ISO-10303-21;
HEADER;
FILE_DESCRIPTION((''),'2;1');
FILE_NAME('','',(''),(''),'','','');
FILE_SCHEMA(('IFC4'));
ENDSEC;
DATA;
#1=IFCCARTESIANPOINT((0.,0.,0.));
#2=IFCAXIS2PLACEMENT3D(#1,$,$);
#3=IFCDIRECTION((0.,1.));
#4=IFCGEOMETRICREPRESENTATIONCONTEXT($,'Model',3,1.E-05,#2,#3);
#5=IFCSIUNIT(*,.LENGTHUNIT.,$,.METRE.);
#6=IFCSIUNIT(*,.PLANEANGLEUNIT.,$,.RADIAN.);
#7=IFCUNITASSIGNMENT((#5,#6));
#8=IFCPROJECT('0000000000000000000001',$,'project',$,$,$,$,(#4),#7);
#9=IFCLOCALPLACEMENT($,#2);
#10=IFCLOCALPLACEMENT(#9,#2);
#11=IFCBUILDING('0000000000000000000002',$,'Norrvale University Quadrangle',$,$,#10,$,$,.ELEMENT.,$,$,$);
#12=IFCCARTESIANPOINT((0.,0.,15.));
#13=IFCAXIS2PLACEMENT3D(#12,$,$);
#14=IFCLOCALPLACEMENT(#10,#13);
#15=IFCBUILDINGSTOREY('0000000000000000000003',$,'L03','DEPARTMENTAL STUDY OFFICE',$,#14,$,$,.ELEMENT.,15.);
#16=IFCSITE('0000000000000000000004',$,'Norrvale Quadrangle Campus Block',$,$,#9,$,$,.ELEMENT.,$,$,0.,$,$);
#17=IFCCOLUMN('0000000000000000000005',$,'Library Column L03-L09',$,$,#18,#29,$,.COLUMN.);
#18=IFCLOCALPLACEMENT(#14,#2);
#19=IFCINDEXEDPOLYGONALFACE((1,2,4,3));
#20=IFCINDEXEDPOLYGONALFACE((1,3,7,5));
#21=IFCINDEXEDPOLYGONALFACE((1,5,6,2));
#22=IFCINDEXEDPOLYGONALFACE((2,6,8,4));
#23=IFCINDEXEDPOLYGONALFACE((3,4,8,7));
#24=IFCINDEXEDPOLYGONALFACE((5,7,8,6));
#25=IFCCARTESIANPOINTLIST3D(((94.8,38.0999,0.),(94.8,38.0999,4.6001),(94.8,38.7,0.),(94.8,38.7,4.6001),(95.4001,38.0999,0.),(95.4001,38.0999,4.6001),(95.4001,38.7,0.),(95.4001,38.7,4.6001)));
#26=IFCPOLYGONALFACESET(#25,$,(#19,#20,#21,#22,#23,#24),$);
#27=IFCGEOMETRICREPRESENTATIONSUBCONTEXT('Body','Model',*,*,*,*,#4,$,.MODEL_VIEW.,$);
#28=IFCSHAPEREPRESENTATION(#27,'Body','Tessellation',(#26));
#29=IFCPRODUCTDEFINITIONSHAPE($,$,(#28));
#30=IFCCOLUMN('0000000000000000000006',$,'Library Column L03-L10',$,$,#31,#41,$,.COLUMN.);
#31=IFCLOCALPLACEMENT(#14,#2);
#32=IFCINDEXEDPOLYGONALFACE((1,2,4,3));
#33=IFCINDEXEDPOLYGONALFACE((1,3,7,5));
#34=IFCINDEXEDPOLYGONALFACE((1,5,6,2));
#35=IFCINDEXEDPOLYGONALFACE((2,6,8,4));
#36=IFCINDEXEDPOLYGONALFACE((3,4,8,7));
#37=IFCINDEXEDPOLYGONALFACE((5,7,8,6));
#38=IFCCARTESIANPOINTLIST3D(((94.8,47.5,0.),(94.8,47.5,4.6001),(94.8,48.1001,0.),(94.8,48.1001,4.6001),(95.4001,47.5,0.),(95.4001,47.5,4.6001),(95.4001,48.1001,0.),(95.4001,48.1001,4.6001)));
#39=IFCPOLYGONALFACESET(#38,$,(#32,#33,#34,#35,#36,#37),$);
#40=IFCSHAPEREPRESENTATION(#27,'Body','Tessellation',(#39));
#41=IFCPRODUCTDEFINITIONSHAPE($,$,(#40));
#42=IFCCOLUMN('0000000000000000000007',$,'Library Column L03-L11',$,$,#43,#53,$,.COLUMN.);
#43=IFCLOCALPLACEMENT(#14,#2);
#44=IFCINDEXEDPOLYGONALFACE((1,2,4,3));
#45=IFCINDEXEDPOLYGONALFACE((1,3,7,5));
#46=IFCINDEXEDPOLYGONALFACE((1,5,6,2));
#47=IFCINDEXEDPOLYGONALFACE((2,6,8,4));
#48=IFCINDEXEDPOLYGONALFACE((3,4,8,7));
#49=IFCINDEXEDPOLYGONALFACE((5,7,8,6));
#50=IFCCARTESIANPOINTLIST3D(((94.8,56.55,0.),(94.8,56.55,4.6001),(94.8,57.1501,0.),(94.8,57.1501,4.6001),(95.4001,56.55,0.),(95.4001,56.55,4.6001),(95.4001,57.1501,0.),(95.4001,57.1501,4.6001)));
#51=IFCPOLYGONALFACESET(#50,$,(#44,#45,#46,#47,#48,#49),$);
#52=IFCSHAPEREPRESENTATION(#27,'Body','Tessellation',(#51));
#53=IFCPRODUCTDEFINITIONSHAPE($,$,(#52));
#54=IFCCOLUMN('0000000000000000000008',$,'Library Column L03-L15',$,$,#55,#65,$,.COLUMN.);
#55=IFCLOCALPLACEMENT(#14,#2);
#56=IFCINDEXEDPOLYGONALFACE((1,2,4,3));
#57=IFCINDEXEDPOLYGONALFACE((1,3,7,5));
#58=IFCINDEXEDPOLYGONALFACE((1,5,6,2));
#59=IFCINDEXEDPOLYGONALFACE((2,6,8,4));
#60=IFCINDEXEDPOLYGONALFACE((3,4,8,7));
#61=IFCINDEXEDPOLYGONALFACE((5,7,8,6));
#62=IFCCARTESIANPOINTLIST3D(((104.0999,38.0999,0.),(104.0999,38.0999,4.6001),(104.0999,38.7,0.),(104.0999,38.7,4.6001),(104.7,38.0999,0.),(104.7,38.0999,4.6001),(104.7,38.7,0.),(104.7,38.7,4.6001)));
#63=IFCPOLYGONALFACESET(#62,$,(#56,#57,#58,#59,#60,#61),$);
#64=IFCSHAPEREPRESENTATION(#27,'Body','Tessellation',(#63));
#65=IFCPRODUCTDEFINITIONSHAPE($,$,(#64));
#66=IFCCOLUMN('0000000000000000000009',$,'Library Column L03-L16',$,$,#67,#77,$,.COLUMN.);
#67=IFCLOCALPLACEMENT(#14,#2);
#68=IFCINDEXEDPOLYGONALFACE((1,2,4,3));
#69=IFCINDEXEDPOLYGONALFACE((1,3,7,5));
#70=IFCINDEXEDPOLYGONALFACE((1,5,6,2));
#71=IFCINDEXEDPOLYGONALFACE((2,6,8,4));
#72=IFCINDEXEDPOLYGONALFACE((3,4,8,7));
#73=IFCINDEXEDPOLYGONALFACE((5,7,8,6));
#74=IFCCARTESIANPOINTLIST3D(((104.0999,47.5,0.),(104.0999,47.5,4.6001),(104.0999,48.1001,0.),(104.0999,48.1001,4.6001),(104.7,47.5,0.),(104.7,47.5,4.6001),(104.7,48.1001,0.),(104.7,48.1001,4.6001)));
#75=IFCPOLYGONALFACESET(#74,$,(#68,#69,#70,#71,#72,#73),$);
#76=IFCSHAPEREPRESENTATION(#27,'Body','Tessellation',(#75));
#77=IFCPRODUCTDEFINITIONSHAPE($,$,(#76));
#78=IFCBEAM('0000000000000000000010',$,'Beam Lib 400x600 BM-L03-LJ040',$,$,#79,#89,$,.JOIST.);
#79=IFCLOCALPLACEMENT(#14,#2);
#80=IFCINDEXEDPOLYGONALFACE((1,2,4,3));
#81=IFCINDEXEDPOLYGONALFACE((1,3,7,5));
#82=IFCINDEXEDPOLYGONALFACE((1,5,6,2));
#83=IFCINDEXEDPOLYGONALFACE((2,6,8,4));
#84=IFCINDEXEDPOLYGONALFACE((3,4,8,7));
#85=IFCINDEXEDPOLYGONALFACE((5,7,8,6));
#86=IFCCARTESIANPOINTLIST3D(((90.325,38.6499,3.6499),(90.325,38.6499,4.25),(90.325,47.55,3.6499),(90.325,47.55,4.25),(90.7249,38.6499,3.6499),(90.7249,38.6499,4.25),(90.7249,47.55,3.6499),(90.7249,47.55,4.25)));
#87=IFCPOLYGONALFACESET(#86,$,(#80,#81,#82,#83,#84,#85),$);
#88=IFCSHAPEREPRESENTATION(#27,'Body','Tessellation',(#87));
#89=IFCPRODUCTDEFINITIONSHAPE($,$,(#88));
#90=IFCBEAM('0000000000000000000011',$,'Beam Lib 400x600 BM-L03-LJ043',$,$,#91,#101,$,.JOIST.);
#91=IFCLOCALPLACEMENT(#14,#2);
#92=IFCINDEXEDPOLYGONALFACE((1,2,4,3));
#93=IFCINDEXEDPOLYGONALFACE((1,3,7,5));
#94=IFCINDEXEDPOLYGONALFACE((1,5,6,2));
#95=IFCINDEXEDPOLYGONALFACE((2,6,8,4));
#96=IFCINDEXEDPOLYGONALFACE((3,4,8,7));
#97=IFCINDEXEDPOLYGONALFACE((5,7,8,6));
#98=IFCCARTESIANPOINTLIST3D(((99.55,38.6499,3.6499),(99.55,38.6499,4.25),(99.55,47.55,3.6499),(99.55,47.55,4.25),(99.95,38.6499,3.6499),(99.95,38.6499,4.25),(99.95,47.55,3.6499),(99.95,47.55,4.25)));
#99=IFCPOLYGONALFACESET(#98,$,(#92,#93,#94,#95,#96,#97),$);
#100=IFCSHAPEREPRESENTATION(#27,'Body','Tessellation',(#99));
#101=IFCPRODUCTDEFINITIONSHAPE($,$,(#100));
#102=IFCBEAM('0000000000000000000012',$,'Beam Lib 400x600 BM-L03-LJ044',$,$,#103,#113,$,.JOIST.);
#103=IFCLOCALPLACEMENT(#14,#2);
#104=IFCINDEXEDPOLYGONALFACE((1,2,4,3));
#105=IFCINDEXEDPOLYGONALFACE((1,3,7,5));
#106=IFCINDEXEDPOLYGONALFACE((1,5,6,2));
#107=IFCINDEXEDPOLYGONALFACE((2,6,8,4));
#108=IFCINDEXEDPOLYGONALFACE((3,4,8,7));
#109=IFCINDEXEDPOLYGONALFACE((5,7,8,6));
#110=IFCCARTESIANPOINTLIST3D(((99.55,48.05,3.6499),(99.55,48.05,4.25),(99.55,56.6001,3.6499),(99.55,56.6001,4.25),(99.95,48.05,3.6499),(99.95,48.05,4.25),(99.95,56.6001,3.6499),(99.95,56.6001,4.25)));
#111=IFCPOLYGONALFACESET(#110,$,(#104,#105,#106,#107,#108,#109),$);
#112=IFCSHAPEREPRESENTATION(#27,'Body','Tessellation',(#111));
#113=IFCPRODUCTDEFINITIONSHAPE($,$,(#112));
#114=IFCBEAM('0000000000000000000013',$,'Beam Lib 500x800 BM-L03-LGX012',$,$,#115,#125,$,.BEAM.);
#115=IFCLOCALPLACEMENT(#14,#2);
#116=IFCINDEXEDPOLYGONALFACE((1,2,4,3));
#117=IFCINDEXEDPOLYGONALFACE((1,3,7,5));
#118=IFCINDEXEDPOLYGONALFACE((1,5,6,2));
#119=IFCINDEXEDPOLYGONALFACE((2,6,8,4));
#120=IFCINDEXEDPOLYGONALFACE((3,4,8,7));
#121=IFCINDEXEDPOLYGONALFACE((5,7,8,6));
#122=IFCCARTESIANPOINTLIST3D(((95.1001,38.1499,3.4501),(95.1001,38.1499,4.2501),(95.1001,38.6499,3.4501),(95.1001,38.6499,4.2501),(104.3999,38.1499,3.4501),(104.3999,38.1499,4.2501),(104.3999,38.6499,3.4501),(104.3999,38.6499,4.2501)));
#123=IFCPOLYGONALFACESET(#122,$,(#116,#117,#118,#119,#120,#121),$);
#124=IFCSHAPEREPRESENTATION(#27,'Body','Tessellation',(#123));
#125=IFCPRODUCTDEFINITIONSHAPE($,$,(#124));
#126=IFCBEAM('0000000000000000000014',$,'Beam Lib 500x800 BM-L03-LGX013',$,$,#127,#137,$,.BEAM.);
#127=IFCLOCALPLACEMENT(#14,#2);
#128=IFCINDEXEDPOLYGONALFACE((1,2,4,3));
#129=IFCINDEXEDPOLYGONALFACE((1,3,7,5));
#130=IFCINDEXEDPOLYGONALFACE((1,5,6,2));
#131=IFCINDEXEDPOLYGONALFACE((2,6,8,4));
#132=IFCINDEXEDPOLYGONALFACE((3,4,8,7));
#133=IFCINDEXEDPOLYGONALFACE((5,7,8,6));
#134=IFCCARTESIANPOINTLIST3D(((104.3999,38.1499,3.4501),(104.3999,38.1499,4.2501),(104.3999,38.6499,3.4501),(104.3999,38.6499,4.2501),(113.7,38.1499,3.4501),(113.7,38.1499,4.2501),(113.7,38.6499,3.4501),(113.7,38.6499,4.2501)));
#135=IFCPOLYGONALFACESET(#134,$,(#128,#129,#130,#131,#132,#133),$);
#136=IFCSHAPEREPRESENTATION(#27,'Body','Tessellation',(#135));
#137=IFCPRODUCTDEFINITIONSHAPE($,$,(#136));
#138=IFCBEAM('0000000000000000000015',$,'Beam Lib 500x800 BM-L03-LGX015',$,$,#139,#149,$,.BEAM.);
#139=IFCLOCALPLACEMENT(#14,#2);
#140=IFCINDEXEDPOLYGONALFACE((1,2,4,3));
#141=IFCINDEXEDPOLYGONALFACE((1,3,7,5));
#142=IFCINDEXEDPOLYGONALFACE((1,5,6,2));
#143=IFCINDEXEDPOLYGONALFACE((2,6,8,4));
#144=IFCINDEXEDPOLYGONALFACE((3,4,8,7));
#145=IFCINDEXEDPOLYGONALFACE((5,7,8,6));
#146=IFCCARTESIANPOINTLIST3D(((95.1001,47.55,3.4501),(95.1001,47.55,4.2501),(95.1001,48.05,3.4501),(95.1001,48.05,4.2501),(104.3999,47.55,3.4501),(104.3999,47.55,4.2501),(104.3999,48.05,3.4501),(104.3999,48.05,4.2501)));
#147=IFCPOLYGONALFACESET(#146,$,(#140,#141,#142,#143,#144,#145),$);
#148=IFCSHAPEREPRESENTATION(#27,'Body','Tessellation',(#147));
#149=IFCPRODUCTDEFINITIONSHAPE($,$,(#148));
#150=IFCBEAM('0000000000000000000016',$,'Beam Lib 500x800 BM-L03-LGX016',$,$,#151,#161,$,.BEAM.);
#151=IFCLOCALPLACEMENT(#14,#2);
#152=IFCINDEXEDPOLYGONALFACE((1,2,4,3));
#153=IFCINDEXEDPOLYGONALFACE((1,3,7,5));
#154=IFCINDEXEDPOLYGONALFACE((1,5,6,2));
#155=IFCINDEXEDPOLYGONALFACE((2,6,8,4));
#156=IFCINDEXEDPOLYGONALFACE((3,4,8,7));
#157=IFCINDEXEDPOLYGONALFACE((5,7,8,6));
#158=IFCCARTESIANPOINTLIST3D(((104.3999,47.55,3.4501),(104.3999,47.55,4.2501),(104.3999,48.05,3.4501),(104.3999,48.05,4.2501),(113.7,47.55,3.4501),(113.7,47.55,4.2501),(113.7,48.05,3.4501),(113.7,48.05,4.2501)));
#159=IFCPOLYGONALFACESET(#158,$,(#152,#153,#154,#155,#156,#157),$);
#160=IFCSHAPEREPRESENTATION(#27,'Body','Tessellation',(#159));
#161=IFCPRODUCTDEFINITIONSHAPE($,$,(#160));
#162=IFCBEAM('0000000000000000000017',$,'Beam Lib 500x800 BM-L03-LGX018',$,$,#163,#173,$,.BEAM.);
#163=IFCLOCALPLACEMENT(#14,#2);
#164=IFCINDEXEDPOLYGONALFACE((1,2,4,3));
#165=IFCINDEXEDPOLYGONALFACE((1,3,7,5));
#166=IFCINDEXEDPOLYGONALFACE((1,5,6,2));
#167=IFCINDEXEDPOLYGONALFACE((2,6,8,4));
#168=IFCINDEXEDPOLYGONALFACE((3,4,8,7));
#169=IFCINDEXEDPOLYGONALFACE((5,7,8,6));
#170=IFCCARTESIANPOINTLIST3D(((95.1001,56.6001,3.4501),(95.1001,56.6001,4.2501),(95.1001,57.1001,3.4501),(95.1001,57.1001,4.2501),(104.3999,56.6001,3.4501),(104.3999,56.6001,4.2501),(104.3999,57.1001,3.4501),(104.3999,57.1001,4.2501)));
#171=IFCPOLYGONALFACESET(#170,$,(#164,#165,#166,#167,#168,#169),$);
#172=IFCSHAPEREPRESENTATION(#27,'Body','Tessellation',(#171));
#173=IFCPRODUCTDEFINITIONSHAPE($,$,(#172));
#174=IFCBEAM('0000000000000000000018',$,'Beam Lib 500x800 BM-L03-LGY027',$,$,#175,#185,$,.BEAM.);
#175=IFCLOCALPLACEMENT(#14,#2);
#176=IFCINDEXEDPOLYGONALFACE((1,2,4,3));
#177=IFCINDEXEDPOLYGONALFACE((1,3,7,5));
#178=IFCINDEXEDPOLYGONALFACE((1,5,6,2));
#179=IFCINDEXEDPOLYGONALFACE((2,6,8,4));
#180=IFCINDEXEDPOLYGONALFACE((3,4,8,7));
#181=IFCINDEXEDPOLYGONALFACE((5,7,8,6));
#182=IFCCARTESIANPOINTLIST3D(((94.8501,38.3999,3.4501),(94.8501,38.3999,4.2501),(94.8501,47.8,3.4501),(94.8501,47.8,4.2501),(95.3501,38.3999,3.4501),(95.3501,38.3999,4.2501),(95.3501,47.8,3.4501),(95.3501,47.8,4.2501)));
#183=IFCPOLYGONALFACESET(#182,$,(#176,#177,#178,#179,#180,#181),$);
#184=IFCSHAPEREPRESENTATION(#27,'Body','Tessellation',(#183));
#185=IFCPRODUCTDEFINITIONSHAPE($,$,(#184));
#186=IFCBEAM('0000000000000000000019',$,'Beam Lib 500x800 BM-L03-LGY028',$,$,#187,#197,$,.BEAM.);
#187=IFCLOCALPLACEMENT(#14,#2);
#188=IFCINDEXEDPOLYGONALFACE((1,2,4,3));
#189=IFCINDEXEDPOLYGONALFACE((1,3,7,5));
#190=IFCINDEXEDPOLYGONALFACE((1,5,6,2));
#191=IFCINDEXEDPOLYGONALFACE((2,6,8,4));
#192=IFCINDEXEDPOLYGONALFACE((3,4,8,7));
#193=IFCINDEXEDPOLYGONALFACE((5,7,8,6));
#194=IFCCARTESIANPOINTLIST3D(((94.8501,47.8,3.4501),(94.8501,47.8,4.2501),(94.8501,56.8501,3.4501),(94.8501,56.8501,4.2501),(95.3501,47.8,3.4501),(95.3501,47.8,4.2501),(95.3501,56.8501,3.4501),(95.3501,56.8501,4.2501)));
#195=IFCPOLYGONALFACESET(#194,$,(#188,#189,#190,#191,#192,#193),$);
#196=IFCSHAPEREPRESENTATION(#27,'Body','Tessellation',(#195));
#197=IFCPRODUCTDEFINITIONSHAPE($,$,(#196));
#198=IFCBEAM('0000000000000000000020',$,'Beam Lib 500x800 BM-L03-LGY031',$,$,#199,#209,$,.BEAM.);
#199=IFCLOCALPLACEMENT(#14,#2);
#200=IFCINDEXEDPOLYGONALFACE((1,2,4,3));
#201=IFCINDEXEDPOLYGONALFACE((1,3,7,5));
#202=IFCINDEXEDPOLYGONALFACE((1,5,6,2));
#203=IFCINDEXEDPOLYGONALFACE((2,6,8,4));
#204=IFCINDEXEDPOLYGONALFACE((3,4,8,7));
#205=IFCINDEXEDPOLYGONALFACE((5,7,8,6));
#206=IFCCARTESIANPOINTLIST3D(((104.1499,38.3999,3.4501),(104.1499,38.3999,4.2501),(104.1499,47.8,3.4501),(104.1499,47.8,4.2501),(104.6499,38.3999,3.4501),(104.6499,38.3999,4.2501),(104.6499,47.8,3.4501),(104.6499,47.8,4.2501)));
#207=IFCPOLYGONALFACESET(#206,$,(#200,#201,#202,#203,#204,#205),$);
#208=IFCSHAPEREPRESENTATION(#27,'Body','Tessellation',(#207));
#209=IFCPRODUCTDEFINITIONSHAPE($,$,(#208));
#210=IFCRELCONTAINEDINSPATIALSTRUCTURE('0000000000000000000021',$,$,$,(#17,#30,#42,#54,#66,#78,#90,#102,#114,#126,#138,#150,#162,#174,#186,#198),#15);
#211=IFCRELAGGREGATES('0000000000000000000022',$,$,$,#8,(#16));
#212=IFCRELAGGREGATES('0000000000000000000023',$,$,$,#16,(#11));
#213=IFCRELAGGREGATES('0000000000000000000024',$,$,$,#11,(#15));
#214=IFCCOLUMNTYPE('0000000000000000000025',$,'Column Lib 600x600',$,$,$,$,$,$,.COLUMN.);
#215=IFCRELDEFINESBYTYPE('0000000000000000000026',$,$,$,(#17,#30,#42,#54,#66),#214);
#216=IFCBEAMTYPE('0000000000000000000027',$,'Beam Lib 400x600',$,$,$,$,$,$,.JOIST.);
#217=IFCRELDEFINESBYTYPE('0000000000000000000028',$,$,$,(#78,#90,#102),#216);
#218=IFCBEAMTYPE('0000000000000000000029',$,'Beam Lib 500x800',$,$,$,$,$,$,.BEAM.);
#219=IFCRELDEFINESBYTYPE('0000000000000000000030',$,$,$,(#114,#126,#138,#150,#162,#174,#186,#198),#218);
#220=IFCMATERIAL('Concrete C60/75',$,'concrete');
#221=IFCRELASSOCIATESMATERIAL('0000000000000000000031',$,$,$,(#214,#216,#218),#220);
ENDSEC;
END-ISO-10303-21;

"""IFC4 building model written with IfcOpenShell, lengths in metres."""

from ifc_helpers import new_model, si_unit, direction, frame, origin, origin_2d, place, context, subcontext, project, spatial, rectangle, extrude, material, material_profile, profile_set, type_object, element, save


model = new_model("IFC4")

# Units and contexts
model_context = context("Model", 3, precision=1e-05, world=origin(), true_north=direction((0.0, 1.0)))
body_context = subcontext(model_context, "Body", "Model", "MODEL_VIEW")
ifc_project = project(units=[si_unit("LENGTHUNIT", "METRE"), si_unit("PLANEANGLEUNIT", "RADIAN")], contexts=[model_context])

# Site, building, storey
site_placement = place(None, origin())
site = spatial("IfcSite", under=ifc_project, at=site_placement, Name="Norrvale Quadrangle Campus Block", CompositionType="ELEMENT", RefElevation=0.0)
building_placement = place(site_placement, origin())
building = spatial("IfcBuilding", under=site, at=building_placement, Name="Norrvale University Quadrangle", CompositionType="ELEMENT")
storey_placement = place(building_placement, frame((0.0, 0.0, 15.0)))
storey = spatial("IfcBuildingStorey", under=building, at=storey_placement, Name="L03", Description="DEPARTMENTAL STUDY OFFICE", CompositionType="ELEMENT", Elevation=15.0)

# Columns
ifc_material_1 = material(Name="Concrete C60/75", Category="concrete")
ifc_material_profile_1 = material_profile(ifc_material_1, rectangle(XDim=0.6001, YDim=0.6001, at=origin_2d()), Name="Concrete C60/75")
ifc_profile_set_1 = profile_set([ifc_material_profile_1], Name="Concrete C60/75")
column_type = type_object("IfcColumnType", Name="Column Lib 600x600", PredefinedType="COLUMN", material=ifc_profile_set_1)
for number, where, z_axis, x_axis, name in (
    (1, (95.1001, 38.3999, 0.0), (0.0, 0.0, 1.0), (1.0, 0.0, 0.0), "Library Column L03-L09"),
    (2, (95.1001, 47.8, 0.0), (0.0, 0.0, 1.0), (1.0, 0.0, 0.0), "Library Column L03-L10"),
    (3, (95.1001, 56.8501, 0.0), (0.0, 0.0, 1.0), (1.0, 0.0, 0.0), "Library Column L03-L11"),
    (4, (104.3999, 38.3999, 0.0), (0.0, 0.0, 1.0), (1.0, 0.0, 0.0), "Library Column L03-L15"),
    (5, (104.3999, 47.8, 0.0), (0.0, 0.0, 1.0), (1.0, 0.0, 0.0), "Library Column L03-L16"),
):
    element("IfcColumn", number, at=place(storey_placement, frame(where, z_axis=z_axis, x_axis=x_axis)), inside=storey, type_object=column_type, Name=name, PredefinedType="COLUMN", context=body_context, shape_type="SweptSolid", body=[
        extrude(rectangle(XDim=0.6001, YDim=0.6001, at=origin_2d()), origin(), (0.0, 0.0, 1.0), 4.6001),
    ])

# Beams
ifc_material_profile_2 = material_profile(ifc_material_1, rectangle(XDim=0.3999, YDim=0.6001, at=origin_2d()), Name="Concrete C60/75")
ifc_profile_set_2 = profile_set([ifc_material_profile_2], Name="Concrete C60/75")
beam_type_1 = type_object("IfcBeamType", Name="Beam Lib 400x600", PredefinedType="JOIST", material=ifc_profile_set_2)
for number, where, z_axis, x_axis, name in (
    (6, (90.5249, 38.6499, 3.95), (0.0, 1.0, 0.0), (-1.0, 0.0, 0.0), "Beam Lib 400x600 BM-L03-LJ040"),
    (7, (99.75, 38.6499, 3.95), (0.0, 1.0, 0.0), (-1.0, 0.0, 0.0), "Beam Lib 400x600 BM-L03-LJ043"),
):
    element("IfcBeam", number, at=place(storey_placement, frame(where, z_axis=z_axis, x_axis=x_axis)), inside=storey, type_object=beam_type_1, Name=name, PredefinedType="JOIST", context=body_context, shape_type="SweptSolid", body=[
        extrude(rectangle(XDim=0.3999, YDim=0.6001, at=origin_2d()), origin(), (0.0, 0.0, 1.0), 8.9001),
    ])
beam_1_placement = place(storey_placement, frame((99.75, 48.05, 3.95), z_axis=(0.0, 1.0, 0.0), x_axis=(-1.0, 0.0, 0.0)))
element("IfcBeam", 8, at=beam_1_placement, inside=storey, type_object=beam_type_1, Name="Beam Lib 400x600 BM-L03-LJ044", PredefinedType="JOIST", context=body_context, shape_type="SweptSolid", body=[
    extrude(rectangle(XDim=0.3999, YDim=0.6001, at=origin_2d()), origin(), (0.0, 0.0, 1.0), 8.55),
])
ifc_material_profile_3 = material_profile(ifc_material_1, rectangle(XDim=0.5, YDim=0.8, at=origin_2d()), Name="Concrete C60/75")
ifc_profile_set_3 = profile_set([ifc_material_profile_3], Name="Concrete C60/75")
beam_type_2 = type_object("IfcBeamType", Name="Beam Lib 500x800", PredefinedType="BEAM", material=ifc_profile_set_3)
beam_2_placement = place(storey_placement, frame((95.1001, 38.3999, 3.8501), z_axis=(1.0, 0.0, 0.0), x_axis=(0.0, 1.0, 0.0)))
element("IfcBeam", 9, at=beam_2_placement, inside=storey, type_object=beam_type_2, Name="Beam Lib 500x800 BM-L03-LGX012", PredefinedType="BEAM", context=body_context, shape_type="SweptSolid", body=[
    extrude(rectangle(XDim=0.5, YDim=0.8, at=origin_2d()), origin(), (0.0, 0.0, 1.0), 9.2998),
])
beam_3_placement = place(storey_placement, frame((104.3999, 38.3999, 3.8501), z_axis=(1.0, 0.0, 0.0), x_axis=(0.0, 1.0, 0.0)))
element("IfcBeam", 10, at=beam_3_placement, inside=storey, type_object=beam_type_2, Name="Beam Lib 500x800 BM-L03-LGX013", PredefinedType="BEAM", context=body_context, shape_type="SweptSolid", body=[
    extrude(rectangle(XDim=0.5, YDim=0.8, at=origin_2d()), origin(), (0.0, 0.0, 1.0), 9.3),
])
beam_4_placement = place(storey_placement, frame((95.1001, 47.8, 3.8501), z_axis=(1.0, 0.0, 0.0), x_axis=(0.0, 1.0, 0.0)))
element("IfcBeam", 11, at=beam_4_placement, inside=storey, type_object=beam_type_2, Name="Beam Lib 500x800 BM-L03-LGX015", PredefinedType="BEAM", context=body_context, shape_type="SweptSolid", body=[
    extrude(rectangle(XDim=0.5, YDim=0.8, at=origin_2d()), origin(), (0.0, 0.0, 1.0), 9.2998),
])
beam_5_placement = place(storey_placement, frame((104.3999, 47.8, 3.8501), z_axis=(1.0, 0.0, 0.0), x_axis=(0.0, 1.0, 0.0)))
element("IfcBeam", 12, at=beam_5_placement, inside=storey, type_object=beam_type_2, Name="Beam Lib 500x800 BM-L03-LGX016", PredefinedType="BEAM", context=body_context, shape_type="SweptSolid", body=[
    extrude(rectangle(XDim=0.5, YDim=0.8, at=origin_2d()), origin(), (0.0, 0.0, 1.0), 9.3),
])
beam_6_placement = place(storey_placement, frame((95.1001, 56.8501, 3.8501), z_axis=(1.0, 0.0, 0.0), x_axis=(0.0, 1.0, 0.0)))
element("IfcBeam", 13, at=beam_6_placement, inside=storey, type_object=beam_type_2, Name="Beam Lib 500x800 BM-L03-LGX018", PredefinedType="BEAM", context=body_context, shape_type="SweptSolid", body=[
    extrude(rectangle(XDim=0.5, YDim=0.8, at=origin_2d()), origin(), (0.0, 0.0, 1.0), 9.2998),
])
beam_7_placement = place(storey_placement, frame((95.1001, 38.3999, 3.8501), z_axis=(0.0, 1.0, 0.0), x_axis=(-1.0, 0.0, 0.0)))
element("IfcBeam", 14, at=beam_7_placement, inside=storey, type_object=beam_type_2, Name="Beam Lib 500x800 BM-L03-LGY027", PredefinedType="BEAM", context=body_context, shape_type="SweptSolid", body=[
    extrude(rectangle(XDim=0.5, YDim=0.8, at=origin_2d()), origin(), (0.0, 0.0, 1.0), 9.4001),
])
beam_8_placement = place(storey_placement, frame((95.1001, 47.8, 3.8501), z_axis=(0.0, 1.0, 0.0), x_axis=(-1.0, 0.0, 0.0)))
element("IfcBeam", 15, at=beam_8_placement, inside=storey, type_object=beam_type_2, Name="Beam Lib 500x800 BM-L03-LGY028", PredefinedType="BEAM", context=body_context, shape_type="SweptSolid", body=[
    extrude(rectangle(XDim=0.5, YDim=0.8, at=origin_2d()), origin(), (0.0, 0.0, 1.0), 9.05),
])
beam_9_placement = place(storey_placement, frame((104.3999, 38.3999, 3.8501), z_axis=(0.0, 1.0, 0.0), x_axis=(-1.0, 0.0, 0.0)))
element("IfcBeam", 16, at=beam_9_placement, inside=storey, type_object=beam_type_2, Name="Beam Lib 500x800 BM-L03-LGY031", PredefinedType="BEAM", context=body_context, shape_type="SweptSolid", body=[
    extrude(rectangle(XDim=0.5, YDim=0.8, at=origin_2d()), origin(), (0.0, 0.0, 1.0), 9.4001),
])

save(model, "model.ifc")
